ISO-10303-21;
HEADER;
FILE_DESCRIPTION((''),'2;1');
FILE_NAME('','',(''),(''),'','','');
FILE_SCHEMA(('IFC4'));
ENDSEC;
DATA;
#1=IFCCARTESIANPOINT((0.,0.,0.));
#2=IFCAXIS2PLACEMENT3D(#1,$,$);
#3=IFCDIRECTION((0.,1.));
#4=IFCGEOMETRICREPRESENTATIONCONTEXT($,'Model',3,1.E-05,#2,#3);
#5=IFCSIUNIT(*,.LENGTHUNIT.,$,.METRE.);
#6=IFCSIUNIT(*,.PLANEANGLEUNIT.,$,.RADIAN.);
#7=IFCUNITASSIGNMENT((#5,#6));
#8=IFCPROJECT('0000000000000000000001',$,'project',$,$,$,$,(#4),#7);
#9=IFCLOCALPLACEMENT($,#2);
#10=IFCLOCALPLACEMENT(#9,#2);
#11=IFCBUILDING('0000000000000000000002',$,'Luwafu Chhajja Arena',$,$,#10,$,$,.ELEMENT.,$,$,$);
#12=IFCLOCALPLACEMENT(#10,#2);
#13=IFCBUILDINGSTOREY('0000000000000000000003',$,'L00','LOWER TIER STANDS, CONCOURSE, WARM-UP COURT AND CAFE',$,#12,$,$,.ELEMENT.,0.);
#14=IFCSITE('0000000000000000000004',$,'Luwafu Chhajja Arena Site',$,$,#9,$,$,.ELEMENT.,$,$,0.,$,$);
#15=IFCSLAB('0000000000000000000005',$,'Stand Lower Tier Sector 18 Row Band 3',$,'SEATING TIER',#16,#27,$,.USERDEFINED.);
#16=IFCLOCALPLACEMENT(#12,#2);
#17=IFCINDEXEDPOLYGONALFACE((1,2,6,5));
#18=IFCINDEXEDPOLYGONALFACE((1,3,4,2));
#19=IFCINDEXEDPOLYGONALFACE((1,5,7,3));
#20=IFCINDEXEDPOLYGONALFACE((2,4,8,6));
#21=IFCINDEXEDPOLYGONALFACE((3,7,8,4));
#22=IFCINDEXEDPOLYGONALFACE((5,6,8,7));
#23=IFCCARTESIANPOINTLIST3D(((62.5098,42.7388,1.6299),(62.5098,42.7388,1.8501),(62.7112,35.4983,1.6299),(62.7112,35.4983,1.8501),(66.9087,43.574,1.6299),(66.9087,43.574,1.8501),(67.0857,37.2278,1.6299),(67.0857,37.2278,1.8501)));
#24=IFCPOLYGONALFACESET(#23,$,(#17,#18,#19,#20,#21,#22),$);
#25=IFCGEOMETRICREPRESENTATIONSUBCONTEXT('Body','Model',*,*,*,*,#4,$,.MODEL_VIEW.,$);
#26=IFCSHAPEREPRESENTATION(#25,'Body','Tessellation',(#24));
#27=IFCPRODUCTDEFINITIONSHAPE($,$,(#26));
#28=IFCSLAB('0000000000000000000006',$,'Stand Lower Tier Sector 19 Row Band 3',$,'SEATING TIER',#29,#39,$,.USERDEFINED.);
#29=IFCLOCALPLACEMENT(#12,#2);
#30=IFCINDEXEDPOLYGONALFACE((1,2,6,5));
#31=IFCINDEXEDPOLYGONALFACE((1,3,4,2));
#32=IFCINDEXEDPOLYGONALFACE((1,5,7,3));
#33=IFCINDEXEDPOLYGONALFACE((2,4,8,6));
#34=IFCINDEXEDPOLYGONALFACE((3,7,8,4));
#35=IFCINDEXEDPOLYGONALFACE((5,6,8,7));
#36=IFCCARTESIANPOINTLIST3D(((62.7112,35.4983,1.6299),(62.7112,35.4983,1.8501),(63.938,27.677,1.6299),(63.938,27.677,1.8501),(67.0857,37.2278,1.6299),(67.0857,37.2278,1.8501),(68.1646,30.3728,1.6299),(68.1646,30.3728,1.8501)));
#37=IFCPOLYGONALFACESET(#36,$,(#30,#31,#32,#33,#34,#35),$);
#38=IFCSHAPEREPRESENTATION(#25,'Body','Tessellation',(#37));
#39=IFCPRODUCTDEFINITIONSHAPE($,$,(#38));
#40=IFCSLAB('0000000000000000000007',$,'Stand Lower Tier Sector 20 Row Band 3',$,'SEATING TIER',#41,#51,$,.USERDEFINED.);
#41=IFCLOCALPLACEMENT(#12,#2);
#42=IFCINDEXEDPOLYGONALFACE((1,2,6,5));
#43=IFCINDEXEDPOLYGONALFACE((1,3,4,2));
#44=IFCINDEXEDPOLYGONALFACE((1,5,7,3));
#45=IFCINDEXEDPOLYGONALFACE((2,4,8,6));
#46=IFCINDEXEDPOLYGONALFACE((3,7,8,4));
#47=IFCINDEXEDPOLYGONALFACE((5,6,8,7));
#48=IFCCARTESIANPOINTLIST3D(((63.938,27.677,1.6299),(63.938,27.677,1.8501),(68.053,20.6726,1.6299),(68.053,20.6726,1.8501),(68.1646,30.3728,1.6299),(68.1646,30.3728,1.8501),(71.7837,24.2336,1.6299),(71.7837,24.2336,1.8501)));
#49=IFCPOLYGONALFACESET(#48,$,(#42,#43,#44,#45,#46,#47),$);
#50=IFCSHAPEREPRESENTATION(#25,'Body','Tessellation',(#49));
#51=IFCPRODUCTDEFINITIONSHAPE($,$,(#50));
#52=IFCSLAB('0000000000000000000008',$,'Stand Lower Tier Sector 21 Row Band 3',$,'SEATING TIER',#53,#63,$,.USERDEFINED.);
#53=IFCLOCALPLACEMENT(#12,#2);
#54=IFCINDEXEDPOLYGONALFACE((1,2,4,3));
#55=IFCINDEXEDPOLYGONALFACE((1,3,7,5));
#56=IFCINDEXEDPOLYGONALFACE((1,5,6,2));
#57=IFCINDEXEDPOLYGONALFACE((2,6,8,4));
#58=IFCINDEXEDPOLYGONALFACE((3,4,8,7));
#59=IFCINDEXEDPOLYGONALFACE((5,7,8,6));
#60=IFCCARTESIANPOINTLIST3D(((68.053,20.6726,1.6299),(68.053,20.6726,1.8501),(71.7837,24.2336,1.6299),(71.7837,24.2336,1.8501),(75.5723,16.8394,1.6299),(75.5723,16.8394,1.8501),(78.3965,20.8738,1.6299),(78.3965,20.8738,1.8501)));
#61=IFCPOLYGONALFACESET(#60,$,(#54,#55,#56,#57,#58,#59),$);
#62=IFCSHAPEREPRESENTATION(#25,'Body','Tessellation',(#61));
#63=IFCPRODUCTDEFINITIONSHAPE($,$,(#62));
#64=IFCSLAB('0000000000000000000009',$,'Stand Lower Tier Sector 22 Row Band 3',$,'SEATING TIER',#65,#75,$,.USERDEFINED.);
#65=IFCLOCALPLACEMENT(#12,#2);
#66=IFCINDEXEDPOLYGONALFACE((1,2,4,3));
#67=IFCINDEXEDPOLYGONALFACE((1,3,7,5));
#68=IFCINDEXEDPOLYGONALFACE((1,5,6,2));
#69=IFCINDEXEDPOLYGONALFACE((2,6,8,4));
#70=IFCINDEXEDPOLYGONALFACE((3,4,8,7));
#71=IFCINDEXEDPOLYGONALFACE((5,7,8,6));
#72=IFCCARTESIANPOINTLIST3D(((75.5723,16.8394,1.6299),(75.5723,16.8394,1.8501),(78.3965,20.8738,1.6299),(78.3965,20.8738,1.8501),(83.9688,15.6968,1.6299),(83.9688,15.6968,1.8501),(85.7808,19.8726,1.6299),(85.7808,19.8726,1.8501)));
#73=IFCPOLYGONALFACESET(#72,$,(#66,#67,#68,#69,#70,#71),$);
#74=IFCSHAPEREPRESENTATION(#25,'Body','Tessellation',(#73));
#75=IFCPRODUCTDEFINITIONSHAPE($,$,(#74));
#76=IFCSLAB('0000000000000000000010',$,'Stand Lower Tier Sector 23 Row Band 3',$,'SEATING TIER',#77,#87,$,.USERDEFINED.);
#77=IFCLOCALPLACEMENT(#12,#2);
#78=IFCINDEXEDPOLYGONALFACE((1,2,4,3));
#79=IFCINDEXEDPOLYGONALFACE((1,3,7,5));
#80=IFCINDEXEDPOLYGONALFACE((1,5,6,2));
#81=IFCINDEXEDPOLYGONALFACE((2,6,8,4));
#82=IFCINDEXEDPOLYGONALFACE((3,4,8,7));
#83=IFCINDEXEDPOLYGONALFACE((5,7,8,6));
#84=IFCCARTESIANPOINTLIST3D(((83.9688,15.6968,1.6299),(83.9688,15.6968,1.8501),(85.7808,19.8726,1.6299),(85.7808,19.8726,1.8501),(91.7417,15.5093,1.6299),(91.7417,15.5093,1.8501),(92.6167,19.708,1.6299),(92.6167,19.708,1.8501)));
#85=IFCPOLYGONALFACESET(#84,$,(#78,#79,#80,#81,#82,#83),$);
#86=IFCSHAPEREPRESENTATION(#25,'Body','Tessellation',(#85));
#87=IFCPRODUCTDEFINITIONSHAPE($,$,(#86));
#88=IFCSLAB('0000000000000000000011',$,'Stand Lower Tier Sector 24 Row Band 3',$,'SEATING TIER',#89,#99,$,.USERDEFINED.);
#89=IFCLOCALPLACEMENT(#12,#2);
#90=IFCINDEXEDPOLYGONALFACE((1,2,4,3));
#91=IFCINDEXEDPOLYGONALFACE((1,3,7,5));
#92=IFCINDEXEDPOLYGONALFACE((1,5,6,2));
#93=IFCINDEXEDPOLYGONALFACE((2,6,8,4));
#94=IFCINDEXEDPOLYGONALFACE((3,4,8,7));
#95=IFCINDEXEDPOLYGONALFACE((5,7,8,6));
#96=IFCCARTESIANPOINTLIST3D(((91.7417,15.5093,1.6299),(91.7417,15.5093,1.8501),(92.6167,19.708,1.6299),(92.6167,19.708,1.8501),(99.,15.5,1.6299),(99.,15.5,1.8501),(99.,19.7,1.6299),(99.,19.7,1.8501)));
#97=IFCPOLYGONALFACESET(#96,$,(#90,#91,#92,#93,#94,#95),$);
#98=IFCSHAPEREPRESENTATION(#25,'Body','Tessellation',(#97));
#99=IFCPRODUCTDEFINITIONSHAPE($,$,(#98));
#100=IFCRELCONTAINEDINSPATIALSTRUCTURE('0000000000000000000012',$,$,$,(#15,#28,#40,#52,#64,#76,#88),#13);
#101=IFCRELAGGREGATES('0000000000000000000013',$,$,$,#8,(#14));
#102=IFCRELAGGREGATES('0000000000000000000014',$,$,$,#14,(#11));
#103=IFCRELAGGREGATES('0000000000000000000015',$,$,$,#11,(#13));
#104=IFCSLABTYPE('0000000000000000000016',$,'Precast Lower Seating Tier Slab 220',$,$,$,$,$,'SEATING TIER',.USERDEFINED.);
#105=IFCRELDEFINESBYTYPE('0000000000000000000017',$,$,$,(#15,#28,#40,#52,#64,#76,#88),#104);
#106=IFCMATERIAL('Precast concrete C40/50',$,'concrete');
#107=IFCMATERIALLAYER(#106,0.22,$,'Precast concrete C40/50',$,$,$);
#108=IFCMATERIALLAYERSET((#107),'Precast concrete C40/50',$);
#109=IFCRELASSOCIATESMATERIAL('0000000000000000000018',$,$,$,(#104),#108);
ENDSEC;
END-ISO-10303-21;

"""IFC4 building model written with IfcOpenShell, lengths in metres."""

from ifc_helpers import new_model, si_unit, direction, frame, origin, place, context, subcontext, project, spatial, polyline, outline, extrude, material, layer, layer_set, type_object, element, save


model = new_model("IFC4")

# Units and contexts
model_context = context("Model", 3, precision=1e-05, world=origin(), true_north=direction((0.0, 1.0)))
body_context = subcontext(model_context, "Body", "Model", "MODEL_VIEW")
ifc_project = project(units=[si_unit("LENGTHUNIT", "METRE"), si_unit("PLANEANGLEUNIT", "RADIAN")], contexts=[model_context])

# Site, building, storey
site_placement = place(None, origin())
site = spatial("IfcSite", under=ifc_project, at=site_placement, Name="Luwafu Chhajja Arena Site", CompositionType="ELEMENT", RefElevation=0.0)
building_placement = place(site_placement, origin())
building = spatial("IfcBuilding", under=site, at=building_placement, Name="Luwafu Chhajja Arena", CompositionType="ELEMENT")
storey_placement = place(building_placement, origin())
storey = spatial("IfcBuildingStorey", under=building, at=storey_placement, Name="L00", Description="LOWER TIER STANDS, CONCOURSE, WARM-UP COURT AND CAFE", CompositionType="ELEMENT", Elevation=0.0)

# Slabs
ifc_material = material(Name="Precast concrete C40/50", Category="concrete")
ifc_layer = layer(ifc_material, 0.22, Name="Precast concrete C40/50")
ifc_layer_set = layer_set([ifc_layer], Name="Precast concrete C40/50")
slab_type = type_object("IfcSlabType", Name="Precast Lower Seating Tier Slab 220", ElementType="SEATING TIER", PredefinedType="USERDEFINED", material=ifc_layer_set)
slab_1_placement = place(storey_placement, frame((0.0, 0.0, 1.6299)))
element("IfcSlab", 1, at=slab_1_placement, inside=storey, type_object=slab_type, Name="Stand Lower Tier Sector 18 Row Band 3", ObjectType="SEATING TIER", PredefinedType="USERDEFINED", context=body_context, shape_type="SweptSolid", body=[
    extrude(outline(polyline([(66.9087, 43.574), (67.0857, 37.2278), (62.7112, 35.4983), (62.5098, 42.7388), (66.9087, 43.574)])), origin(), (0.0, 0.0, 1.0), 0.2202),
])
slab_2_placement = place(storey_placement, frame((0.0, 0.0, 1.6299)))
element("IfcSlab", 2, at=slab_2_placement, inside=storey, type_object=slab_type, Name="Stand Lower Tier Sector 19 Row Band 3", ObjectType="SEATING TIER", PredefinedType="USERDEFINED", context=body_context, shape_type="SweptSolid", body=[
    extrude(outline(polyline([(67.0857, 37.2278), (68.1646, 30.3728), (63.938, 27.677), (62.7112, 35.4983), (67.0857, 37.2278)])), origin(), (0.0, 0.0, 1.0), 0.2202),
])
slab_3_placement = place(storey_placement, frame((0.0, 0.0, 1.6299)))
element("IfcSlab", 3, at=slab_3_placement, inside=storey, type_object=slab_type, Name="Stand Lower Tier Sector 20 Row Band 3", ObjectType="SEATING TIER", PredefinedType="USERDEFINED", context=body_context, shape_type="SweptSolid", body=[
    extrude(outline(polyline([(68.1646, 30.3728), (71.7837, 24.2336), (68.053, 20.6726), (63.938, 27.677), (68.1646, 30.3728)])), origin(), (0.0, 0.0, 1.0), 0.2202),
])
slab_4_placement = place(storey_placement, frame((0.0, 0.0, 1.6299)))
element("IfcSlab", 4, at=slab_4_placement, inside=storey, type_object=slab_type, Name="Stand Lower Tier Sector 21 Row Band 3", ObjectType="SEATING TIER", PredefinedType="USERDEFINED", context=body_context, shape_type="SweptSolid", body=[
    extrude(outline(polyline([(71.7837, 24.2336), (78.3965, 20.8738), (75.5723, 16.8394), (68.053, 20.6726), (71.7837, 24.2336)])), origin(), (0.0, 0.0, 1.0), 0.2202),
])
slab_5_placement = place(storey_placement, frame((0.0, 0.0, 1.6299)))
element("IfcSlab", 5, at=slab_5_placement, inside=storey, type_object=slab_type, Name="Stand Lower Tier Sector 22 Row Band 3", ObjectType="SEATING TIER", PredefinedType="USERDEFINED", context=body_context, shape_type="SweptSolid", body=[
    extrude(outline(polyline([(78.3965, 20.8738), (85.7808, 19.8726), (83.9688, 15.6968), (75.5723, 16.8394), (78.3965, 20.8738)])), origin(), (0.0, 0.0, 1.0), 0.2202),
])
slab_6_placement = place(storey_placement, frame((0.0, 0.0, 1.6299)))
element("IfcSlab", 6, at=slab_6_placement, inside=storey, type_object=slab_type, Name="Stand Lower Tier Sector 23 Row Band 3", ObjectType="SEATING TIER", PredefinedType="USERDEFINED", context=body_context, shape_type="SweptSolid", body=[
    extrude(outline(polyline([(85.7808, 19.8726), (92.6167, 19.708), (91.7417, 15.5093), (83.9688, 15.6968), (85.7808, 19.8726)])), origin(), (0.0, 0.0, 1.0), 0.2202),
])
slab_7_placement = place(storey_placement, frame((0.0, 0.0, 1.6299)))
element("IfcSlab", 7, at=slab_7_placement, inside=storey, type_object=slab_type, Name="Stand Lower Tier Sector 24 Row Band 3", ObjectType="SEATING TIER", PredefinedType="USERDEFINED", context=body_context, shape_type="SweptSolid", body=[
    extrude(outline(polyline([(92.6167, 19.708), (99.0, 19.7), (99.0, 15.5), (91.7417, 15.5093), (92.6167, 19.708)])), origin(), (0.0, 0.0, 1.0), 0.2202),
])

save(model, "model.ifc")
